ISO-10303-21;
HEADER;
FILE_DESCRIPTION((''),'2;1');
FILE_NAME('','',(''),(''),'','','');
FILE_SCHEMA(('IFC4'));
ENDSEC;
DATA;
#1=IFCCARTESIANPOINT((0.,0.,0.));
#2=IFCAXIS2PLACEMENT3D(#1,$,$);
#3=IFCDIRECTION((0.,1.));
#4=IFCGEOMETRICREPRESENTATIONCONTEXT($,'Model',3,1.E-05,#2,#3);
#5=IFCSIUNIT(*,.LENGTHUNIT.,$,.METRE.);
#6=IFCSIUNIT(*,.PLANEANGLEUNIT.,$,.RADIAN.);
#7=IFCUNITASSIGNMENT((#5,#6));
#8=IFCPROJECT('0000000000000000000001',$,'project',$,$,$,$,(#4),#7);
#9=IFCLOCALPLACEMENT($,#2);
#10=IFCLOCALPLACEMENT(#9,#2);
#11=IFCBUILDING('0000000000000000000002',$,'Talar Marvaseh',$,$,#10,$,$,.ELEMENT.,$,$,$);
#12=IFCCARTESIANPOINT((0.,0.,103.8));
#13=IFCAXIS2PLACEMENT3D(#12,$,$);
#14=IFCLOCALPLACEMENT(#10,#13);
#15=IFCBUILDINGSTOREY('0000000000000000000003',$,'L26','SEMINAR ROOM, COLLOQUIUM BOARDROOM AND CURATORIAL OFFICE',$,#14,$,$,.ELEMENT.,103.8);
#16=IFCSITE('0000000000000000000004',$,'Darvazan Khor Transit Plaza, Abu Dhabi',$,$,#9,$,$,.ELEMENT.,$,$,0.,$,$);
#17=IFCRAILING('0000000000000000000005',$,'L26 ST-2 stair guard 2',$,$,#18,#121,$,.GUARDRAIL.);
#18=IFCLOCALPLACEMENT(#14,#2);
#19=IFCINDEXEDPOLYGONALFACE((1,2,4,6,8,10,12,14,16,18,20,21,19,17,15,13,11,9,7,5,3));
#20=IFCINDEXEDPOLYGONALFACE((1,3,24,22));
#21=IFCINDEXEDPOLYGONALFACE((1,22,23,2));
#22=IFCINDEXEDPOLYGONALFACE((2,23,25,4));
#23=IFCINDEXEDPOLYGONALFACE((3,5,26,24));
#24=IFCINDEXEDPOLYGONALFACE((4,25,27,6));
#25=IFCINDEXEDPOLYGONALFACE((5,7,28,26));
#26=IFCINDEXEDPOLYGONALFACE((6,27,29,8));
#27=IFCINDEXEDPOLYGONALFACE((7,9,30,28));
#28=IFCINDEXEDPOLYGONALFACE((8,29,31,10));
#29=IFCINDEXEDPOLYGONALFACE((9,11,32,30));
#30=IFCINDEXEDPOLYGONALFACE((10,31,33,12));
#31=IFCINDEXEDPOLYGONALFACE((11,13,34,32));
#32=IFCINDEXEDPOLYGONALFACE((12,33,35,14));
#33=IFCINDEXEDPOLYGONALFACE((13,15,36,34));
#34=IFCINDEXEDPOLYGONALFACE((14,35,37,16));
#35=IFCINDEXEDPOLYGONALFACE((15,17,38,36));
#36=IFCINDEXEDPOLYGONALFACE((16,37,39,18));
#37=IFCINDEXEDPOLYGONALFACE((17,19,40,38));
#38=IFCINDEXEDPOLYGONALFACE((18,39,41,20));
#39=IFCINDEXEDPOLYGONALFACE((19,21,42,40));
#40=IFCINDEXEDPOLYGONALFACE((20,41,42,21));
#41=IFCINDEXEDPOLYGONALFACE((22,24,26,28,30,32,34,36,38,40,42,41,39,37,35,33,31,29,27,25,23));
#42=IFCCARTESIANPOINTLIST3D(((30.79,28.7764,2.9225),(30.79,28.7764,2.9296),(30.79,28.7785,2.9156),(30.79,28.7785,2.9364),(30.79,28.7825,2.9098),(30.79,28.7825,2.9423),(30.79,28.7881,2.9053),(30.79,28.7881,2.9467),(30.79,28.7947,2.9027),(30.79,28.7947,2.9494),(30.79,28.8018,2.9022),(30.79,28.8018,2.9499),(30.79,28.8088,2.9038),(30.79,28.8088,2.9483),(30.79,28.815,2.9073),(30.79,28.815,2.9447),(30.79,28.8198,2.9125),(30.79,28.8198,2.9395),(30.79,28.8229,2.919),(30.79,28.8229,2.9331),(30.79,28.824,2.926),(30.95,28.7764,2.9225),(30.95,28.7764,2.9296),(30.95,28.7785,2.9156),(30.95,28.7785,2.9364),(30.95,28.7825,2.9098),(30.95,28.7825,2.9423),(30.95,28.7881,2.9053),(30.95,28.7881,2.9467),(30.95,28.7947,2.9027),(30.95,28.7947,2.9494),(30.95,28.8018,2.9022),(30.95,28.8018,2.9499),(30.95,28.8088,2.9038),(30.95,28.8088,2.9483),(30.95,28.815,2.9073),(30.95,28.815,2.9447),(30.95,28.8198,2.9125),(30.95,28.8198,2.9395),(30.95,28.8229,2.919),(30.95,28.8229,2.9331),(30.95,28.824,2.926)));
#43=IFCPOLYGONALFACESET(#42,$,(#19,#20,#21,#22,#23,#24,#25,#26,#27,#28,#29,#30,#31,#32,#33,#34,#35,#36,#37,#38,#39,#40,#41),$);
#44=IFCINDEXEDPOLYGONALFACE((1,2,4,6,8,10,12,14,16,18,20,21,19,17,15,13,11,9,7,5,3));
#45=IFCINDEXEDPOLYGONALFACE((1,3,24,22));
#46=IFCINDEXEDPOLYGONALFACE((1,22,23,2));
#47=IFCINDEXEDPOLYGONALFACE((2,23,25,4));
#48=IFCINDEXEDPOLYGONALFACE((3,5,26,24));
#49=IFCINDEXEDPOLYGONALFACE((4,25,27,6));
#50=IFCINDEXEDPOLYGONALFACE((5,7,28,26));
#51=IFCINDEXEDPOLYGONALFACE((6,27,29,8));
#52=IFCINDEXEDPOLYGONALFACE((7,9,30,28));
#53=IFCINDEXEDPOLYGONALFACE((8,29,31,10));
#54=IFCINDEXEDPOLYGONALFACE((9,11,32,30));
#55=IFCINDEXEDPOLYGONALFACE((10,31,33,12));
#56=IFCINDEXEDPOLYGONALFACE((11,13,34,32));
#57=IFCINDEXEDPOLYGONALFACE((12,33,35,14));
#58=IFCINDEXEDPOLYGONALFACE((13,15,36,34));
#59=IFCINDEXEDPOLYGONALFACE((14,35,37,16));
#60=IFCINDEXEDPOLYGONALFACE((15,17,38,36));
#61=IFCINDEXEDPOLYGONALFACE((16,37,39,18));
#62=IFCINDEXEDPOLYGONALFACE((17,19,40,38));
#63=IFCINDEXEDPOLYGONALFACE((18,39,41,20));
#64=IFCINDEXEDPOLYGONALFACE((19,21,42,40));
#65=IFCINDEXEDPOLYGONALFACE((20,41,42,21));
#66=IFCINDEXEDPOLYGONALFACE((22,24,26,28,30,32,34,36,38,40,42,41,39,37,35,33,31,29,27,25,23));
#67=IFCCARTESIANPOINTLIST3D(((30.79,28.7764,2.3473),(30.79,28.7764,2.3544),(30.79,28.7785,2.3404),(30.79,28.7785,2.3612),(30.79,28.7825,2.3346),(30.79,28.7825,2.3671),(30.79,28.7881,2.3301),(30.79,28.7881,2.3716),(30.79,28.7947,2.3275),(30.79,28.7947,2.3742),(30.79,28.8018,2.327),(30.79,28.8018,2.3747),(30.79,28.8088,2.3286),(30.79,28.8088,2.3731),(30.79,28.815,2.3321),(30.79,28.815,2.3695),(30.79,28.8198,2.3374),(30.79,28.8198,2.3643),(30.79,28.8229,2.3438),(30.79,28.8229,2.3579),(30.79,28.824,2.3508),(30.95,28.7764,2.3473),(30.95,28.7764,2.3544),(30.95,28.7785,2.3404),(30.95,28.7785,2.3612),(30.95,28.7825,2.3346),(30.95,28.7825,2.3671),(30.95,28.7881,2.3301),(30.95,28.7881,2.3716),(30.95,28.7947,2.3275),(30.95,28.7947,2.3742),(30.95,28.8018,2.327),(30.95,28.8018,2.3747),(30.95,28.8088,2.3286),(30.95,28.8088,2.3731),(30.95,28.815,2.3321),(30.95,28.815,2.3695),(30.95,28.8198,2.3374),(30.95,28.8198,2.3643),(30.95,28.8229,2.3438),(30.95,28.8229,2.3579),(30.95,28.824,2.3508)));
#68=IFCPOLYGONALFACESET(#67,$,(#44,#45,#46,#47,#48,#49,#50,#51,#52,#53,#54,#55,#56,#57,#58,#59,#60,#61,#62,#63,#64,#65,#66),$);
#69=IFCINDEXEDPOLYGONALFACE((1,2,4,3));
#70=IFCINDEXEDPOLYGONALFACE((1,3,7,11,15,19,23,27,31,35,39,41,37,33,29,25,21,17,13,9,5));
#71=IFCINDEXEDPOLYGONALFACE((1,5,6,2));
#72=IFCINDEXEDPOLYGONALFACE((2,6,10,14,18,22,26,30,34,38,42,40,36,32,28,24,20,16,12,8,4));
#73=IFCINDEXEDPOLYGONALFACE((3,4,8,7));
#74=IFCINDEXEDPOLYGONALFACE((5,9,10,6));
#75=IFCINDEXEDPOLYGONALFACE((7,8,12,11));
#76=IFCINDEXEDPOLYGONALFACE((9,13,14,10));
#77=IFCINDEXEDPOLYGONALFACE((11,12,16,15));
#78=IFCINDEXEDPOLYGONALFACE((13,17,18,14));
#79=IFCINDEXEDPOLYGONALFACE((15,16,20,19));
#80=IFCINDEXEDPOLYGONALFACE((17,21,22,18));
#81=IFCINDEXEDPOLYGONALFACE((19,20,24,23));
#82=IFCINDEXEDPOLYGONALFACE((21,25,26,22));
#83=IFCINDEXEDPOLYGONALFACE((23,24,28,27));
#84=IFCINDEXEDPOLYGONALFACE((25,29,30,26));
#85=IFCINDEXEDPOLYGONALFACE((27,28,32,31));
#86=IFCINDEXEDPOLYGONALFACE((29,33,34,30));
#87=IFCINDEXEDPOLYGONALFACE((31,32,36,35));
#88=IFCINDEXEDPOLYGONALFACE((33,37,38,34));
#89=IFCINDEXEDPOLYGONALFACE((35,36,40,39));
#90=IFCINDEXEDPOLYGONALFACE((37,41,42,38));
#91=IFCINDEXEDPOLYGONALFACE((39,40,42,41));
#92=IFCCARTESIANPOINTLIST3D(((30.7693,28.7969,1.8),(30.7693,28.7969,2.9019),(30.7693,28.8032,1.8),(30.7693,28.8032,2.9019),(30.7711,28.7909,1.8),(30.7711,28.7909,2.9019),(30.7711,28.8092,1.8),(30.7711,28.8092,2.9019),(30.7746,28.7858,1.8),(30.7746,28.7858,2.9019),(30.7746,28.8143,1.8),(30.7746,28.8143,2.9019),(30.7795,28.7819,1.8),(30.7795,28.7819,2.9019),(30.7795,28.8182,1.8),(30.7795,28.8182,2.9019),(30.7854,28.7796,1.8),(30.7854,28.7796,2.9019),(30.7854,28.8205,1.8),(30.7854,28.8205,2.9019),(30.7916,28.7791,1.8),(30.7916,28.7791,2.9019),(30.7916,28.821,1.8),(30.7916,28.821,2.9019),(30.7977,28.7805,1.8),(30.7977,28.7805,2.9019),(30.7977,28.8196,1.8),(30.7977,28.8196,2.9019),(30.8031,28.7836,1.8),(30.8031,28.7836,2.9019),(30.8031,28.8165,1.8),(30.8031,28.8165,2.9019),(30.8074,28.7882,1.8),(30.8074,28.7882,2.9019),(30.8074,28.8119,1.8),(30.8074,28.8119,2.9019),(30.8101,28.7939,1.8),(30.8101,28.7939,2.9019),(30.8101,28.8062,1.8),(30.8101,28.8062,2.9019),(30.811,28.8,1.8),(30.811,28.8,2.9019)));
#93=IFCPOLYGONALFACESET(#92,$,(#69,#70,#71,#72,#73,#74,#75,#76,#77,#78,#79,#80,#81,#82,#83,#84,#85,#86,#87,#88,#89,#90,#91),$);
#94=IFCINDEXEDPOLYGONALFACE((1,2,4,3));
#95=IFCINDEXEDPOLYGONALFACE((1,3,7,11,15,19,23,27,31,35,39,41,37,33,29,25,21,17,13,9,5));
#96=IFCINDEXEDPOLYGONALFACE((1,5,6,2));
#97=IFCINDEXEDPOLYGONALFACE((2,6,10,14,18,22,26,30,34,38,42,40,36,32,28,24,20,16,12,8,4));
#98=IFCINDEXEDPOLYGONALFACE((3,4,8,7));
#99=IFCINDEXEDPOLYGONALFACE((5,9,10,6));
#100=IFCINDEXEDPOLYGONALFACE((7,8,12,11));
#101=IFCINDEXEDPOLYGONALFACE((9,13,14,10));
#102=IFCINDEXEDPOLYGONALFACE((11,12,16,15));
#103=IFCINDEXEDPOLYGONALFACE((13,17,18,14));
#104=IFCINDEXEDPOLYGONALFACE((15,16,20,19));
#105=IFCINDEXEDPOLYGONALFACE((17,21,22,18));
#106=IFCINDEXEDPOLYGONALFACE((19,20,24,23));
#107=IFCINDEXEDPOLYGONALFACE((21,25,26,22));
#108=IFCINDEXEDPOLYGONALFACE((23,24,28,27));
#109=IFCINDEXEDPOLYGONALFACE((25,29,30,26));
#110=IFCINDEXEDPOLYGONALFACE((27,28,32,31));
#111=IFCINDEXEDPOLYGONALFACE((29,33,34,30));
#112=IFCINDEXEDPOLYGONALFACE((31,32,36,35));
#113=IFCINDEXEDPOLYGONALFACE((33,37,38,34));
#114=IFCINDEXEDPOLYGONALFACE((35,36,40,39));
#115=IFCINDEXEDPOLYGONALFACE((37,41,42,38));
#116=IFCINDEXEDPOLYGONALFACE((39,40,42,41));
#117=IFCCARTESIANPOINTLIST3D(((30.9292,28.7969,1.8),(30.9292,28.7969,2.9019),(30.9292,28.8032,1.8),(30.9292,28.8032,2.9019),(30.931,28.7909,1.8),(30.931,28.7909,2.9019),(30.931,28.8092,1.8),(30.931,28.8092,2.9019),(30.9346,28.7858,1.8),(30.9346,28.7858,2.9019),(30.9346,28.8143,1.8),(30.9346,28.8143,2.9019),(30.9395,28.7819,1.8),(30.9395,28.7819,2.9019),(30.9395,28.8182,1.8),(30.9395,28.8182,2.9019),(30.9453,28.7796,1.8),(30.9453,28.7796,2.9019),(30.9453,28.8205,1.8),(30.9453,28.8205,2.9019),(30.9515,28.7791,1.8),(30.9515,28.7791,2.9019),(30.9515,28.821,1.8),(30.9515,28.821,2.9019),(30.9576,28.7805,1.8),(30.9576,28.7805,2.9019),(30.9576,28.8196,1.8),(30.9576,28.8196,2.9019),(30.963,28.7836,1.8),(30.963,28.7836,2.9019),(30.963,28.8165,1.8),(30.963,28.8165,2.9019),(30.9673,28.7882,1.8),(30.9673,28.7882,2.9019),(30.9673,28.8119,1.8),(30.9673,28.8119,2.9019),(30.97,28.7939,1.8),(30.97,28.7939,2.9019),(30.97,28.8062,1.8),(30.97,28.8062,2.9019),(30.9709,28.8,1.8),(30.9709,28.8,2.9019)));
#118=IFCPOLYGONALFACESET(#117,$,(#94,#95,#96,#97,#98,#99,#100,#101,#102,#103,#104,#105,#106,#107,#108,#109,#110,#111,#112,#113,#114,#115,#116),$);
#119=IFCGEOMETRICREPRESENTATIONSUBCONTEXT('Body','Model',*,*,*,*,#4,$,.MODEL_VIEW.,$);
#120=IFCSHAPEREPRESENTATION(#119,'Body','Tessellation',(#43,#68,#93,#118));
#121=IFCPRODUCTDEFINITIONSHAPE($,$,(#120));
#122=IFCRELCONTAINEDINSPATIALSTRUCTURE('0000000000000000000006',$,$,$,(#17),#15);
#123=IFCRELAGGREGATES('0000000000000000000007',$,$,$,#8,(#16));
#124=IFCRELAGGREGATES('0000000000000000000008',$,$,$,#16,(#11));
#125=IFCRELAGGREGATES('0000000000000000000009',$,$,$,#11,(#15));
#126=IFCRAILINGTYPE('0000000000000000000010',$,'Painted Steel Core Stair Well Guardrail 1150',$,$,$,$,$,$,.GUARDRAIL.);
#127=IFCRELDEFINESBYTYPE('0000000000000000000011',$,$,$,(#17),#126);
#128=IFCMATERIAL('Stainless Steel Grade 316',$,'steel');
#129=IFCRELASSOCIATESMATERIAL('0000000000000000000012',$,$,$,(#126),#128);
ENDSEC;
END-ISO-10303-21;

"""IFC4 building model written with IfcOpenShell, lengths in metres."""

from ifc_helpers import new_model, si_unit, direction, frame, origin, origin_2d, place, context, subcontext, project, spatial, circle, extrude, material, type_object, element, save


model = new_model("IFC4")

# Units and contexts
model_context = context("Model", 3, precision=1e-05, world=origin(), true_north=direction((0.0, 1.0)))
body_context = subcontext(model_context, "Body", "Model", "MODEL_VIEW")
ifc_project = project(units=[si_unit("LENGTHUNIT", "METRE"), si_unit("PLANEANGLEUNIT", "RADIAN")], contexts=[model_context])

# Site, building, storey
site_placement = place(None, origin())
site = spatial("IfcSite", under=ifc_project, at=site_placement, Name="Darvazan Khor Transit Plaza, Abu Dhabi", CompositionType="ELEMENT", RefElevation=0.0)
building_placement = place(site_placement, origin())
building = spatial("IfcBuilding", under=site, at=building_placement, Name="Talar Marvaseh", CompositionType="ELEMENT")
storey_placement = place(building_placement, frame((0.0, 0.0, 103.8)))
storey = spatial("IfcBuildingStorey", under=building, at=storey_placement, Name="L26", Description="SEMINAR ROOM, COLLOQUIUM BOARDROOM AND CURATORIAL OFFICE", CompositionType="ELEMENT", Elevation=103.8)

# Railing
ifc_material_1 = material(Name="Stainless Steel Grade 316", Category="steel")
railing_type_1 = type_object("IfcRailingType", Name="Painted Steel Core Stair Well Guardrail 1150", PredefinedType="GUARDRAIL", material=ifc_material_1)
railing_1_placement = place(storey_placement, frame((30.79, 28.8, 1.8)))
element("IfcRailing", 1, at=railing_1_placement, inside=storey, type_object=railing_type_1, Name="L26 ST-2 stair guard 2", PredefinedType="GUARDRAIL", context=body_context, shape_type="SweptSolid", body=[
    extrude(circle(Radius=0.0239, at=origin_2d()), frame((0.0, 0.0, 1.126), z_axis=(1.0, 0.0, 0.0), x_axis=(0.0, 1.0, 0.0)), (0.0, 0.0, 1.0), 0.1599),
    extrude(circle(Radius=0.0239, at=origin_2d()), frame((0.0, 0.0, 0.5508), z_axis=(1.0, 0.0, 0.0), x_axis=(0.0, 1.0, 0.0)), (0.0, 0.0, 1.0), 0.1599),
    extrude(circle(Radius=0.021, at=origin_2d()), origin(), (0.0, 0.0, 1.0), 1.1018),
    extrude(circle(Radius=0.021, at=origin_2d()), frame((0.1599, 0.0, 0.0)), (0.0, 0.0, 1.0), 1.1018),
])

save(model, "model.ifc")
